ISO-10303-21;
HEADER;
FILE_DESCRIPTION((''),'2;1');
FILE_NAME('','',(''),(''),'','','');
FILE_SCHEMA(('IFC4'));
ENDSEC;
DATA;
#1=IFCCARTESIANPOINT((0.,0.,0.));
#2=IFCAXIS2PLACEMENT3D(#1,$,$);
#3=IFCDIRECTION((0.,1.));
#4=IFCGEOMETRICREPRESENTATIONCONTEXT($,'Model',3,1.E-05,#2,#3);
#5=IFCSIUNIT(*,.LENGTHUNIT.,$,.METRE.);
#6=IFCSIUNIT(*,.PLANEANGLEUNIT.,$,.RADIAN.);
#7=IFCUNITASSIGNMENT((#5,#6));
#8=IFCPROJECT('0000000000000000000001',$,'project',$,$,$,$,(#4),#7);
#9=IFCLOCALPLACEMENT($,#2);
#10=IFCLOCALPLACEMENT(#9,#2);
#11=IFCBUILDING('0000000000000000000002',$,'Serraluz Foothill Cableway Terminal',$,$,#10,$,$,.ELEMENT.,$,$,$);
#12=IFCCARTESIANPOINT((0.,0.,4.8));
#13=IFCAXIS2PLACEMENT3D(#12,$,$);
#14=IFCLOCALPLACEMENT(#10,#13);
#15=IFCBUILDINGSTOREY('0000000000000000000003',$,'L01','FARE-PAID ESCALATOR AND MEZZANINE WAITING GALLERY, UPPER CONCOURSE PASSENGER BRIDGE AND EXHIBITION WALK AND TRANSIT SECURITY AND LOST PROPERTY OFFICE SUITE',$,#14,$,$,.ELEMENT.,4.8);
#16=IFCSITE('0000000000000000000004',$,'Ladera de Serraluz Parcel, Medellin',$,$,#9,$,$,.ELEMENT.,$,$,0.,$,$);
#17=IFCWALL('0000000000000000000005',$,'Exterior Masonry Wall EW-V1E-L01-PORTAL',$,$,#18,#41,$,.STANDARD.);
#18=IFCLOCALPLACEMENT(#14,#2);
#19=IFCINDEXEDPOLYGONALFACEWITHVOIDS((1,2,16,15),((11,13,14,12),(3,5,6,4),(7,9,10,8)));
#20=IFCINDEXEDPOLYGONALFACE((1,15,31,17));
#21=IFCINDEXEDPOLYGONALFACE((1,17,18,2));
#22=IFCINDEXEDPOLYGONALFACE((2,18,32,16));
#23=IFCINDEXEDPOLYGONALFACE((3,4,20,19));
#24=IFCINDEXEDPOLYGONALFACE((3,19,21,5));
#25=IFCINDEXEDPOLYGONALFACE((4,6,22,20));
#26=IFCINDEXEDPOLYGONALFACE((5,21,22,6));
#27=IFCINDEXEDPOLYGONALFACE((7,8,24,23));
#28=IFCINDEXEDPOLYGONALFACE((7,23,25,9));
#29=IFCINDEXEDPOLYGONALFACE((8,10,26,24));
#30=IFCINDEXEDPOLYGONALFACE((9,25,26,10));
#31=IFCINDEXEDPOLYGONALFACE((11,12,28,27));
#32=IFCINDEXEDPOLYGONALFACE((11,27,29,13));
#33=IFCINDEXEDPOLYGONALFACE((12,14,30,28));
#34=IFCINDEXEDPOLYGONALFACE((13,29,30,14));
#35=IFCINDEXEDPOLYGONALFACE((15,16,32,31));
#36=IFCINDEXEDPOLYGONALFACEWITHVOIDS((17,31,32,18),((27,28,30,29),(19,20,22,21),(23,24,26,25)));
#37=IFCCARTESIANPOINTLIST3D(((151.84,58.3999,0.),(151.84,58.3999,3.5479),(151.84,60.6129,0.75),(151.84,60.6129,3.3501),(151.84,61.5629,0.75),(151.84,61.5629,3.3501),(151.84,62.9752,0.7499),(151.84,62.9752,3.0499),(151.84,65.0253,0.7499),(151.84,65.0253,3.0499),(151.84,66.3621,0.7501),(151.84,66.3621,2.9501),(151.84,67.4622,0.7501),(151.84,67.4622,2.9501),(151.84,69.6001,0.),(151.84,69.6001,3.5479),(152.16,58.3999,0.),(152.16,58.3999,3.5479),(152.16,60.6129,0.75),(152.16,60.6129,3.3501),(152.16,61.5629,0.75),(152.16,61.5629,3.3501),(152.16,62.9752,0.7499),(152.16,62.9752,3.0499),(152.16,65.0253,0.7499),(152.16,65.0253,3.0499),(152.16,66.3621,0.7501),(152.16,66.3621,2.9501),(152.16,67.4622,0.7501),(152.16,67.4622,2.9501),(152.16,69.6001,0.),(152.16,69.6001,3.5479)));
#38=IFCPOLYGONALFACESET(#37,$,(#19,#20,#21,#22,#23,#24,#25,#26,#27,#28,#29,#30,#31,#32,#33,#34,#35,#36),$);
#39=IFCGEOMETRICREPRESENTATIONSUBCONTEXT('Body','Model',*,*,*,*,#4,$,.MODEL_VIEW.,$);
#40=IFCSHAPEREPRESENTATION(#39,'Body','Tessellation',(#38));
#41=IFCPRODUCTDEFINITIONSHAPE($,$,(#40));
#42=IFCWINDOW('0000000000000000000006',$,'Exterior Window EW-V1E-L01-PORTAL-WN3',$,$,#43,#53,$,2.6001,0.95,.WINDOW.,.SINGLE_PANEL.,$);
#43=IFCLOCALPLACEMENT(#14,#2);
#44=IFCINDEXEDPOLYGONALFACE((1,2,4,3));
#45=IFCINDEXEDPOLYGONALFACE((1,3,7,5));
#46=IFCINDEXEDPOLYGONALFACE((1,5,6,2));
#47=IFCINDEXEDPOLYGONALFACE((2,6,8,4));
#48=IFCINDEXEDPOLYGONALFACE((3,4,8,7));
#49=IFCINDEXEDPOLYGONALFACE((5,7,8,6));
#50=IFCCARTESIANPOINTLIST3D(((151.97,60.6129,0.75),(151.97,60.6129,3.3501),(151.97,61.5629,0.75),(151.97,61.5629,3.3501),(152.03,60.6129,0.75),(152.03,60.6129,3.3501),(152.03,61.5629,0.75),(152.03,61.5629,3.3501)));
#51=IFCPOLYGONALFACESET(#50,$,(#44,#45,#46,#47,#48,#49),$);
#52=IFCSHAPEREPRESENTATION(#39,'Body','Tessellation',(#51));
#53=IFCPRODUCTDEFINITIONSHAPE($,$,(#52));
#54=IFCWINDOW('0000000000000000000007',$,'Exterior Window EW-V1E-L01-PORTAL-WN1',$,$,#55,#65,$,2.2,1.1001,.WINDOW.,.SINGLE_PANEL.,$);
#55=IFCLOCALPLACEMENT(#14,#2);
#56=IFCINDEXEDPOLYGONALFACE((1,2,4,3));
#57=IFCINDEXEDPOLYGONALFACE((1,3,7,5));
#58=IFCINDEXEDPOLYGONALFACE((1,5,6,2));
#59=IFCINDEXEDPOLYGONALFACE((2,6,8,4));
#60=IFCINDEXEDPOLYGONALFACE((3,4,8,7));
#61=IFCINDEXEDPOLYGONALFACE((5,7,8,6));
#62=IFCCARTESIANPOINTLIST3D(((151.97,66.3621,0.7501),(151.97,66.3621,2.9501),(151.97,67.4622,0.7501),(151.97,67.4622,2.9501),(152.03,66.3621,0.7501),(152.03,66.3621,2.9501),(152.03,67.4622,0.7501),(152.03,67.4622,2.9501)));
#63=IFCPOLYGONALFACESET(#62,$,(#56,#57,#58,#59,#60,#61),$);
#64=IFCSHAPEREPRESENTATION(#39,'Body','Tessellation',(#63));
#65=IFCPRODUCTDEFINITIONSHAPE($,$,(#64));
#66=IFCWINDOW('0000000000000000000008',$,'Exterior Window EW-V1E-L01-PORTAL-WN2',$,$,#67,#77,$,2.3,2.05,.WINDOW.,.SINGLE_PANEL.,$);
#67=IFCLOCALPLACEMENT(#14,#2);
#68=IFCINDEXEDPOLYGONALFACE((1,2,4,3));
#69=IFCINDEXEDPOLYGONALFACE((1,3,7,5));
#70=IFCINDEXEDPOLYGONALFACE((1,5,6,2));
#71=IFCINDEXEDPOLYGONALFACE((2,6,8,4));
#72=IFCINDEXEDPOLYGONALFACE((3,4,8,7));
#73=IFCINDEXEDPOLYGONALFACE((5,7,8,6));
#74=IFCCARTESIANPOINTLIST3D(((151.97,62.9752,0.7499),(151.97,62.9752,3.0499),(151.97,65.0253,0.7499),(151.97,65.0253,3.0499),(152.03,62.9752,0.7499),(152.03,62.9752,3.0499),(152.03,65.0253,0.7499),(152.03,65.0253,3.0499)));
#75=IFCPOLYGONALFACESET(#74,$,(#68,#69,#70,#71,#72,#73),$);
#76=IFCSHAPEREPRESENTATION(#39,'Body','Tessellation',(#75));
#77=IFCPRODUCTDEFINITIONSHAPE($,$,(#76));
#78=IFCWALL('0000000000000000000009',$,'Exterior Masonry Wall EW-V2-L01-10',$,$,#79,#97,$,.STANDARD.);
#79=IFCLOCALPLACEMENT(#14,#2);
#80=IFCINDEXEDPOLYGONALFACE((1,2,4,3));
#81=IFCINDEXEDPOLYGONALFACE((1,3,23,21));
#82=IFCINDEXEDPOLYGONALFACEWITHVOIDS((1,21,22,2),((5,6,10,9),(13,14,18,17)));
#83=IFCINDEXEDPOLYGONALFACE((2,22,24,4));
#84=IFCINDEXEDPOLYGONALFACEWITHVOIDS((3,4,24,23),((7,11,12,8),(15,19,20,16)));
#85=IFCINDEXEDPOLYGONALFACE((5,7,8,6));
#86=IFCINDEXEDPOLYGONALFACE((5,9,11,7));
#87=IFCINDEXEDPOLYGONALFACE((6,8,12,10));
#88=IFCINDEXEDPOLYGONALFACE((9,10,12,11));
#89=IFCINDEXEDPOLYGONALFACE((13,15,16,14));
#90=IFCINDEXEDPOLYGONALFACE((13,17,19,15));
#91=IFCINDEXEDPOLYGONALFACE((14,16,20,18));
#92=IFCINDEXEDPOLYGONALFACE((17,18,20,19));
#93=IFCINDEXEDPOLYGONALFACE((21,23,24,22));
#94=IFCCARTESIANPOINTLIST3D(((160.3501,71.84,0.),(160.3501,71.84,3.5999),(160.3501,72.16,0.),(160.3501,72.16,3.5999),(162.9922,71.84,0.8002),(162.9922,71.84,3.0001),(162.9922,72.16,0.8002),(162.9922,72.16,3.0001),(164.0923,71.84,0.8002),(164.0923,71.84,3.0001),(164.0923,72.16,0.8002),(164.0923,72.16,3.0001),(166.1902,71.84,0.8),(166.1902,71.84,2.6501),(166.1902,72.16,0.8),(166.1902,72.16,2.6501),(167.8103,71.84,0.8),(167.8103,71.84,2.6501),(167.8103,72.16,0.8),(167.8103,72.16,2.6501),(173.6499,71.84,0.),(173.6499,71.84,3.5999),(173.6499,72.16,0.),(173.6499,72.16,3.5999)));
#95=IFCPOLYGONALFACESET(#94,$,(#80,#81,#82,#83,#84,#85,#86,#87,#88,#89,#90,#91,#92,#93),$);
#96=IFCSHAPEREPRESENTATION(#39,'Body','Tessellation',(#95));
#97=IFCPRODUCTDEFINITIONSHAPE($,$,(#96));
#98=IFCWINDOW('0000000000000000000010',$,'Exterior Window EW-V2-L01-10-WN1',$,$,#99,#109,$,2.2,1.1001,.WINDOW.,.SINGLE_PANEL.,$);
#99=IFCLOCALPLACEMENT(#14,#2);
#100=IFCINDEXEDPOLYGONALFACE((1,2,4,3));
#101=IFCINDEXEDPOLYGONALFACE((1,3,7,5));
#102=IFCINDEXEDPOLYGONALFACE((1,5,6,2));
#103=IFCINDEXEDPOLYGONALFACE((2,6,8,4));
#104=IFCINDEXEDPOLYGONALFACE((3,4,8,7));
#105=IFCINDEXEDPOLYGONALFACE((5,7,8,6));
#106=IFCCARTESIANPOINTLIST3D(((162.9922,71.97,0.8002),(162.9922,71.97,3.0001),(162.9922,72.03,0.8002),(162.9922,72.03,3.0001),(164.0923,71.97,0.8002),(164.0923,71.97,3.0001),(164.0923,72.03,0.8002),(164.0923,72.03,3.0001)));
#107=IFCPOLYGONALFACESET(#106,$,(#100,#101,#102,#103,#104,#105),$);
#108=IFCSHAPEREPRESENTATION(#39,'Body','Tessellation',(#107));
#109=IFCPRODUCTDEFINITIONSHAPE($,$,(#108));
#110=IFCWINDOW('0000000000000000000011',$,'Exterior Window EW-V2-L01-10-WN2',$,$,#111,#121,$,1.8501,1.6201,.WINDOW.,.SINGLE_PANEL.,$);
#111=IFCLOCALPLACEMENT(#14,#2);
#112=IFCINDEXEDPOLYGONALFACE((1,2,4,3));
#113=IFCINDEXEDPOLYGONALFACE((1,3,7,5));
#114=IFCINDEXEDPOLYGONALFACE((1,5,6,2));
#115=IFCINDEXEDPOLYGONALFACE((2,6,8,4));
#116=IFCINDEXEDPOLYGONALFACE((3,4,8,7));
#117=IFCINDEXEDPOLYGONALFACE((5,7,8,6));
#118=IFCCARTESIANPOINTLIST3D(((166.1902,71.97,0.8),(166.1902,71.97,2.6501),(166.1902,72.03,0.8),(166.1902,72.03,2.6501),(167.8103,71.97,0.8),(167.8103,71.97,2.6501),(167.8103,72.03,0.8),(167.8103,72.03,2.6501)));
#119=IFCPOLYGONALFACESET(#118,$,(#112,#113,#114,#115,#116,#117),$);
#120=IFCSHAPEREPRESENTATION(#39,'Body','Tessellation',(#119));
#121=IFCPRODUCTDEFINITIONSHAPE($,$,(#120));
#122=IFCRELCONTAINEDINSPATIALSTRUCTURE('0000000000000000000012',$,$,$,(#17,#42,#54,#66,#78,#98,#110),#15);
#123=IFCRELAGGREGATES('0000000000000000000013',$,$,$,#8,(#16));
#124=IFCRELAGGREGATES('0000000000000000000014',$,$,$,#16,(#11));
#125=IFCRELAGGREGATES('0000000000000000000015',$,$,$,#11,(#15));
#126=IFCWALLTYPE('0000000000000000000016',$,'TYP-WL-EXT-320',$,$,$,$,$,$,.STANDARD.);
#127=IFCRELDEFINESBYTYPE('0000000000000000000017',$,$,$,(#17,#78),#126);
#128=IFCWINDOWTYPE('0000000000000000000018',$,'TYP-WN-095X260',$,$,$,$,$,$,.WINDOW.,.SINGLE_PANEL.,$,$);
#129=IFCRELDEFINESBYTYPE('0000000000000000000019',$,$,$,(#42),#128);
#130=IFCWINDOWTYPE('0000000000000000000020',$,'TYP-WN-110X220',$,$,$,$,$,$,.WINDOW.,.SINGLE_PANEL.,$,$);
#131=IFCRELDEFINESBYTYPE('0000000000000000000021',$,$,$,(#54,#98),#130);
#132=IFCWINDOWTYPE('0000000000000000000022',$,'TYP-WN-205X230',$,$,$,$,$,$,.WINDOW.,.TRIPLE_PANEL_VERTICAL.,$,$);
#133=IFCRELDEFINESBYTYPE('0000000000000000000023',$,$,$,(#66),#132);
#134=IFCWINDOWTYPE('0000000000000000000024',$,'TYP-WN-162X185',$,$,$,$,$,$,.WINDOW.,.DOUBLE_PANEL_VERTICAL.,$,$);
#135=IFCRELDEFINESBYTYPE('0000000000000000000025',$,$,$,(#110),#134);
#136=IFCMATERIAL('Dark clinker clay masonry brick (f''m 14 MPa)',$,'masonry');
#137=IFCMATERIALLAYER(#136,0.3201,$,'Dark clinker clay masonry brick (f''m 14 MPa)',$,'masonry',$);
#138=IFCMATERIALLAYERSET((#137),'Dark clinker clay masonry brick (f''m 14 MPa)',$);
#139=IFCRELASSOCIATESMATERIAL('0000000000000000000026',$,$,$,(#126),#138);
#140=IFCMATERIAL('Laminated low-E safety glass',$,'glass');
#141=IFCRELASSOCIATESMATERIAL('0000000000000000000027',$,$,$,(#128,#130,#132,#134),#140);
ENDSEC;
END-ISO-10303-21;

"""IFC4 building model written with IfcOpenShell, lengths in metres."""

from ifc_helpers import new_model, si_unit, direction, frame, frame_2d, origin, place, context, subcontext, project, spatial, rectangle, extrude, material, layer, layer_set, type_object, element, fill, save


model = new_model("IFC4")

# Units and contexts
model_context = context("Model", 3, precision=1e-05, world=origin(), true_north=direction((0.0, 1.0)))
body_context = subcontext(model_context, "Body", "Model", "MODEL_VIEW")
ifc_project = project(units=[si_unit("LENGTHUNIT", "METRE"), si_unit("PLANEANGLEUNIT", "RADIAN")], contexts=[model_context])

# Site, building, storey
site_placement = place(None, origin())
site = spatial("IfcSite", under=ifc_project, at=site_placement, Name="Ladera de Serraluz Parcel, Medellin", CompositionType="ELEMENT", RefElevation=0.0)
building_placement = place(site_placement, origin())
building = spatial("IfcBuilding", under=site, at=building_placement, Name="Serraluz Foothill Cableway Terminal", CompositionType="ELEMENT")
storey_placement = place(building_placement, frame((0.0, 0.0, 4.8)))
storey = spatial("IfcBuildingStorey", under=building, at=storey_placement, Name="L01", Description="FARE-PAID ESCALATOR AND MEZZANINE WAITING GALLERY, UPPER CONCOURSE PASSENGER BRIDGE AND EXHIBITION WALK AND TRANSIT SECURITY AND LOST PROPERTY OFFICE SUITE", CompositionType="ELEMENT", Elevation=4.8)

# Walls, openings, windows
ifc_material_1 = material(Name="Dark clinker clay masonry brick (f'm 14 MPa)", Category="masonry")
ifc_layer = layer(ifc_material_1, 0.3201, Name="Dark clinker clay masonry brick (f'm 14 MPa)", Category="masonry")
ifc_layer_set = layer_set([ifc_layer], Name="Dark clinker clay masonry brick (f'm 14 MPa)")
wall_type = type_object("IfcWallType", Name="TYP-WL-EXT-320", PredefinedType="STANDARD", material=ifc_layer_set)
wall_1_placement = place(storey_placement, frame((152.0, 69.6001, 0.0), z_axis=(0.0, 0.0, 1.0), x_axis=(0.0, -1.0, 0.0)))
wall_1 = element("IfcWall", 1, at=wall_1_placement, inside=storey, type_object=wall_type, Name="Exterior Masonry Wall EW-V1E-L01-PORTAL", PredefinedType="STANDARD", context=body_context, shape_type="SweptSolid", body=[
    extrude(rectangle(XDim=11.2002, YDim=0.3201, at=frame_2d((5.6001, 0.0))), origin(), (0.0, 0.0, 1.0), 3.5479),
])
opening_1_placement = place(wall_1_placement, frame((2.1379, 0.0, 0.75)))
opening_1 = element("IfcOpeningElement", 2, at=opening_1_placement, cuts=wall_1, PredefinedType="OPENING", context=body_context, shape_type="SweptSolid", body=[
    extrude(rectangle(XDim=1.1001, YDim=2.2, at=frame_2d((0.55, 1.1001))), frame((0.0, 0.1699, 0.0), z_axis=(0.0, -1.0, 0.0), x_axis=(1.0, 0.0, 0.0)), (0.0, 0.0, 1.0), 0.3401),
])
opening_2_placement = place(wall_1_placement, frame((4.575, 0.0, 0.75)))
opening_2 = element("IfcOpeningElement", 3, at=opening_2_placement, cuts=wall_1, PredefinedType="OPENING", context=body_context, shape_type="SweptSolid", body=[
    extrude(rectangle(XDim=2.05, YDim=2.3, at=frame_2d((1.0249, 1.1499))), frame((0.0, 0.1699, 0.0), z_axis=(0.0, -1.0, 0.0), x_axis=(1.0, 0.0, 0.0)), (0.0, 0.0, 1.0), 0.3401),
])
opening_3_placement = place(wall_1_placement, frame((8.0371, 0.0, 0.75)))
opening_3 = element("IfcOpeningElement", 4, at=opening_3_placement, cuts=wall_1, PredefinedType="OPENING", context=body_context, shape_type="SweptSolid", body=[
    extrude(rectangle(XDim=0.95, YDim=2.6001, at=frame_2d((0.4751, 1.3))), frame((0.0, 0.1699, 0.0), z_axis=(0.0, -1.0, 0.0), x_axis=(1.0, 0.0, 0.0)), (0.0, 0.0, 1.0), 0.3401),
])
ifc_material_2 = material(Name="Laminated low-E safety glass", Category="glass")
window_type_1 = type_object("IfcWindowType", Name="TYP-WN-095X260", PartitioningType="SINGLE_PANEL", PredefinedType="WINDOW", material=ifc_material_2)
window_1_placement = place(opening_3_placement, origin())
window_1 = element("IfcWindow", 5, at=window_1_placement, inside=storey, type_object=window_type_1, Name="Exterior Window EW-V1E-L01-PORTAL-WN3", OverallHeight=2.6001, OverallWidth=0.95, PartitioningType="SINGLE_PANEL", PredefinedType="WINDOW", context=body_context, shape_type="SweptSolid", body=[
    extrude(rectangle(XDim=0.95, YDim=2.6001, at=frame_2d((0.4751, 1.3))), frame((0.0, 0.03, 0.0), z_axis=(0.0, -1.0, 0.0), x_axis=(1.0, 0.0, 0.0)), (0.0, 0.0, 1.0), 0.0601),
])
fill(opening_3, window_1)
window_type_2 = type_object("IfcWindowType", Name="TYP-WN-110X220", PartitioningType="SINGLE_PANEL", PredefinedType="WINDOW", material=ifc_material_2)
window_2_placement = place(opening_1_placement, origin())
window_2 = element("IfcWindow", 6, at=window_2_placement, inside=storey, type_object=window_type_2, Name="Exterior Window EW-V1E-L01-PORTAL-WN1", OverallHeight=2.2, OverallWidth=1.1001, PartitioningType="SINGLE_PANEL", PredefinedType="WINDOW", context=body_context, shape_type="SweptSolid", body=[
    extrude(rectangle(XDim=1.1001, YDim=2.2, at=frame_2d((0.55, 1.1001))), frame((0.0, 0.03, 0.0), z_axis=(0.0, -1.0, 0.0), x_axis=(1.0, 0.0, 0.0)), (0.0, 0.0, 1.0), 0.0601),
])
fill(opening_1, window_2)
window_type_3 = type_object("IfcWindowType", Name="TYP-WN-205X230", PartitioningType="TRIPLE_PANEL_VERTICAL", PredefinedType="WINDOW", material=ifc_material_2)
window_3_placement = place(opening_2_placement, origin())
window_3 = element("IfcWindow", 7, at=window_3_placement, inside=storey, type_object=window_type_3, Name="Exterior Window EW-V1E-L01-PORTAL-WN2", OverallHeight=2.3, OverallWidth=2.05, PartitioningType="SINGLE_PANEL", PredefinedType="WINDOW", context=body_context, shape_type="SweptSolid", body=[
    extrude(rectangle(XDim=2.05, YDim=2.3, at=frame_2d((1.0249, 1.1499))), frame((0.0, 0.03, 0.0), z_axis=(0.0, -1.0, 0.0), x_axis=(1.0, 0.0, 0.0)), (0.0, 0.0, 1.0), 0.0601),
])
fill(opening_2, window_3)
wall_2_placement = place(storey_placement, frame((160.3501, 72.0, 0.0), z_axis=(0.0, 0.0, 1.0), x_axis=(1.0, 0.0, 0.0)))
wall_2 = element("IfcWall", 8, at=wall_2_placement, inside=storey, type_object=wall_type, Name="Exterior Masonry Wall EW-V2-L01-10", PredefinedType="STANDARD", context=body_context, shape_type="SweptSolid", body=[
    extrude(rectangle(XDim=13.2998, YDim=0.3201, at=frame_2d((6.6499, 0.0))), origin(), (0.0, 0.0, 1.0), 3.5999),
])
opening_4_placement = place(wall_2_placement, frame((2.6421, 0.0, 0.8)))
opening_4 = element("IfcOpeningElement", 9, at=opening_4_placement, cuts=wall_2, PredefinedType="OPENING", context=body_context, shape_type="SweptSolid", body=[
    extrude(rectangle(XDim=1.1001, YDim=2.2, at=frame_2d((0.55, 1.1001))), frame((0.0, 0.1699, 0.0), z_axis=(0.0, -1.0, 0.0), x_axis=(1.0, 0.0, 0.0)), (0.0, 0.0, 1.0), 0.3401),
])
opening_5_placement = place(wall_2_placement, frame((5.8401, 0.0, 0.8)))
opening_5 = element("IfcOpeningElement", 10, at=opening_5_placement, cuts=wall_2, PredefinedType="OPENING", context=body_context, shape_type="SweptSolid", body=[
    extrude(rectangle(XDim=1.6201, YDim=1.8501, at=frame_2d((0.8101, 0.925))), frame((0.0, 0.1699, 0.0), z_axis=(0.0, -1.0, 0.0), x_axis=(1.0, 0.0, 0.0)), (0.0, 0.0, 1.0), 0.3401),
])
window_4_placement = place(opening_4_placement, origin())
window_4 = element("IfcWindow", 11, at=window_4_placement, inside=storey, type_object=window_type_2, Name="Exterior Window EW-V2-L01-10-WN1", OverallHeight=2.2, OverallWidth=1.1001, PartitioningType="SINGLE_PANEL", PredefinedType="WINDOW", context=body_context, shape_type="SweptSolid", body=[
    extrude(rectangle(XDim=1.1001, YDim=2.2, at=frame_2d((0.55, 1.1001))), frame((0.0, 0.03, 0.0), z_axis=(0.0, -1.0, 0.0), x_axis=(1.0, 0.0, 0.0)), (0.0, 0.0, 1.0), 0.0601),
])
fill(opening_4, window_4)
window_type_4 = type_object("IfcWindowType", Name="TYP-WN-162X185", PartitioningType="DOUBLE_PANEL_VERTICAL", PredefinedType="WINDOW", material=ifc_material_2)
window_5_placement = place(opening_5_placement, origin())
window_5 = element("IfcWindow", 12, at=window_5_placement, inside=storey, type_object=window_type_4, Name="Exterior Window EW-V2-L01-10-WN2", OverallHeight=1.8501, OverallWidth=1.6201, PartitioningType="SINGLE_PANEL", PredefinedType="WINDOW", context=body_context, shape_type="SweptSolid", body=[
    extrude(rectangle(XDim=1.6201, YDim=1.8501, at=frame_2d((0.8101, 0.925))), frame((0.0, 0.03, 0.0), z_axis=(0.0, -1.0, 0.0), x_axis=(1.0, 0.0, 0.0)), (0.0, 0.0, 1.0), 0.0601),
])
fill(opening_5, window_5)

save(model, "model.ifc")
